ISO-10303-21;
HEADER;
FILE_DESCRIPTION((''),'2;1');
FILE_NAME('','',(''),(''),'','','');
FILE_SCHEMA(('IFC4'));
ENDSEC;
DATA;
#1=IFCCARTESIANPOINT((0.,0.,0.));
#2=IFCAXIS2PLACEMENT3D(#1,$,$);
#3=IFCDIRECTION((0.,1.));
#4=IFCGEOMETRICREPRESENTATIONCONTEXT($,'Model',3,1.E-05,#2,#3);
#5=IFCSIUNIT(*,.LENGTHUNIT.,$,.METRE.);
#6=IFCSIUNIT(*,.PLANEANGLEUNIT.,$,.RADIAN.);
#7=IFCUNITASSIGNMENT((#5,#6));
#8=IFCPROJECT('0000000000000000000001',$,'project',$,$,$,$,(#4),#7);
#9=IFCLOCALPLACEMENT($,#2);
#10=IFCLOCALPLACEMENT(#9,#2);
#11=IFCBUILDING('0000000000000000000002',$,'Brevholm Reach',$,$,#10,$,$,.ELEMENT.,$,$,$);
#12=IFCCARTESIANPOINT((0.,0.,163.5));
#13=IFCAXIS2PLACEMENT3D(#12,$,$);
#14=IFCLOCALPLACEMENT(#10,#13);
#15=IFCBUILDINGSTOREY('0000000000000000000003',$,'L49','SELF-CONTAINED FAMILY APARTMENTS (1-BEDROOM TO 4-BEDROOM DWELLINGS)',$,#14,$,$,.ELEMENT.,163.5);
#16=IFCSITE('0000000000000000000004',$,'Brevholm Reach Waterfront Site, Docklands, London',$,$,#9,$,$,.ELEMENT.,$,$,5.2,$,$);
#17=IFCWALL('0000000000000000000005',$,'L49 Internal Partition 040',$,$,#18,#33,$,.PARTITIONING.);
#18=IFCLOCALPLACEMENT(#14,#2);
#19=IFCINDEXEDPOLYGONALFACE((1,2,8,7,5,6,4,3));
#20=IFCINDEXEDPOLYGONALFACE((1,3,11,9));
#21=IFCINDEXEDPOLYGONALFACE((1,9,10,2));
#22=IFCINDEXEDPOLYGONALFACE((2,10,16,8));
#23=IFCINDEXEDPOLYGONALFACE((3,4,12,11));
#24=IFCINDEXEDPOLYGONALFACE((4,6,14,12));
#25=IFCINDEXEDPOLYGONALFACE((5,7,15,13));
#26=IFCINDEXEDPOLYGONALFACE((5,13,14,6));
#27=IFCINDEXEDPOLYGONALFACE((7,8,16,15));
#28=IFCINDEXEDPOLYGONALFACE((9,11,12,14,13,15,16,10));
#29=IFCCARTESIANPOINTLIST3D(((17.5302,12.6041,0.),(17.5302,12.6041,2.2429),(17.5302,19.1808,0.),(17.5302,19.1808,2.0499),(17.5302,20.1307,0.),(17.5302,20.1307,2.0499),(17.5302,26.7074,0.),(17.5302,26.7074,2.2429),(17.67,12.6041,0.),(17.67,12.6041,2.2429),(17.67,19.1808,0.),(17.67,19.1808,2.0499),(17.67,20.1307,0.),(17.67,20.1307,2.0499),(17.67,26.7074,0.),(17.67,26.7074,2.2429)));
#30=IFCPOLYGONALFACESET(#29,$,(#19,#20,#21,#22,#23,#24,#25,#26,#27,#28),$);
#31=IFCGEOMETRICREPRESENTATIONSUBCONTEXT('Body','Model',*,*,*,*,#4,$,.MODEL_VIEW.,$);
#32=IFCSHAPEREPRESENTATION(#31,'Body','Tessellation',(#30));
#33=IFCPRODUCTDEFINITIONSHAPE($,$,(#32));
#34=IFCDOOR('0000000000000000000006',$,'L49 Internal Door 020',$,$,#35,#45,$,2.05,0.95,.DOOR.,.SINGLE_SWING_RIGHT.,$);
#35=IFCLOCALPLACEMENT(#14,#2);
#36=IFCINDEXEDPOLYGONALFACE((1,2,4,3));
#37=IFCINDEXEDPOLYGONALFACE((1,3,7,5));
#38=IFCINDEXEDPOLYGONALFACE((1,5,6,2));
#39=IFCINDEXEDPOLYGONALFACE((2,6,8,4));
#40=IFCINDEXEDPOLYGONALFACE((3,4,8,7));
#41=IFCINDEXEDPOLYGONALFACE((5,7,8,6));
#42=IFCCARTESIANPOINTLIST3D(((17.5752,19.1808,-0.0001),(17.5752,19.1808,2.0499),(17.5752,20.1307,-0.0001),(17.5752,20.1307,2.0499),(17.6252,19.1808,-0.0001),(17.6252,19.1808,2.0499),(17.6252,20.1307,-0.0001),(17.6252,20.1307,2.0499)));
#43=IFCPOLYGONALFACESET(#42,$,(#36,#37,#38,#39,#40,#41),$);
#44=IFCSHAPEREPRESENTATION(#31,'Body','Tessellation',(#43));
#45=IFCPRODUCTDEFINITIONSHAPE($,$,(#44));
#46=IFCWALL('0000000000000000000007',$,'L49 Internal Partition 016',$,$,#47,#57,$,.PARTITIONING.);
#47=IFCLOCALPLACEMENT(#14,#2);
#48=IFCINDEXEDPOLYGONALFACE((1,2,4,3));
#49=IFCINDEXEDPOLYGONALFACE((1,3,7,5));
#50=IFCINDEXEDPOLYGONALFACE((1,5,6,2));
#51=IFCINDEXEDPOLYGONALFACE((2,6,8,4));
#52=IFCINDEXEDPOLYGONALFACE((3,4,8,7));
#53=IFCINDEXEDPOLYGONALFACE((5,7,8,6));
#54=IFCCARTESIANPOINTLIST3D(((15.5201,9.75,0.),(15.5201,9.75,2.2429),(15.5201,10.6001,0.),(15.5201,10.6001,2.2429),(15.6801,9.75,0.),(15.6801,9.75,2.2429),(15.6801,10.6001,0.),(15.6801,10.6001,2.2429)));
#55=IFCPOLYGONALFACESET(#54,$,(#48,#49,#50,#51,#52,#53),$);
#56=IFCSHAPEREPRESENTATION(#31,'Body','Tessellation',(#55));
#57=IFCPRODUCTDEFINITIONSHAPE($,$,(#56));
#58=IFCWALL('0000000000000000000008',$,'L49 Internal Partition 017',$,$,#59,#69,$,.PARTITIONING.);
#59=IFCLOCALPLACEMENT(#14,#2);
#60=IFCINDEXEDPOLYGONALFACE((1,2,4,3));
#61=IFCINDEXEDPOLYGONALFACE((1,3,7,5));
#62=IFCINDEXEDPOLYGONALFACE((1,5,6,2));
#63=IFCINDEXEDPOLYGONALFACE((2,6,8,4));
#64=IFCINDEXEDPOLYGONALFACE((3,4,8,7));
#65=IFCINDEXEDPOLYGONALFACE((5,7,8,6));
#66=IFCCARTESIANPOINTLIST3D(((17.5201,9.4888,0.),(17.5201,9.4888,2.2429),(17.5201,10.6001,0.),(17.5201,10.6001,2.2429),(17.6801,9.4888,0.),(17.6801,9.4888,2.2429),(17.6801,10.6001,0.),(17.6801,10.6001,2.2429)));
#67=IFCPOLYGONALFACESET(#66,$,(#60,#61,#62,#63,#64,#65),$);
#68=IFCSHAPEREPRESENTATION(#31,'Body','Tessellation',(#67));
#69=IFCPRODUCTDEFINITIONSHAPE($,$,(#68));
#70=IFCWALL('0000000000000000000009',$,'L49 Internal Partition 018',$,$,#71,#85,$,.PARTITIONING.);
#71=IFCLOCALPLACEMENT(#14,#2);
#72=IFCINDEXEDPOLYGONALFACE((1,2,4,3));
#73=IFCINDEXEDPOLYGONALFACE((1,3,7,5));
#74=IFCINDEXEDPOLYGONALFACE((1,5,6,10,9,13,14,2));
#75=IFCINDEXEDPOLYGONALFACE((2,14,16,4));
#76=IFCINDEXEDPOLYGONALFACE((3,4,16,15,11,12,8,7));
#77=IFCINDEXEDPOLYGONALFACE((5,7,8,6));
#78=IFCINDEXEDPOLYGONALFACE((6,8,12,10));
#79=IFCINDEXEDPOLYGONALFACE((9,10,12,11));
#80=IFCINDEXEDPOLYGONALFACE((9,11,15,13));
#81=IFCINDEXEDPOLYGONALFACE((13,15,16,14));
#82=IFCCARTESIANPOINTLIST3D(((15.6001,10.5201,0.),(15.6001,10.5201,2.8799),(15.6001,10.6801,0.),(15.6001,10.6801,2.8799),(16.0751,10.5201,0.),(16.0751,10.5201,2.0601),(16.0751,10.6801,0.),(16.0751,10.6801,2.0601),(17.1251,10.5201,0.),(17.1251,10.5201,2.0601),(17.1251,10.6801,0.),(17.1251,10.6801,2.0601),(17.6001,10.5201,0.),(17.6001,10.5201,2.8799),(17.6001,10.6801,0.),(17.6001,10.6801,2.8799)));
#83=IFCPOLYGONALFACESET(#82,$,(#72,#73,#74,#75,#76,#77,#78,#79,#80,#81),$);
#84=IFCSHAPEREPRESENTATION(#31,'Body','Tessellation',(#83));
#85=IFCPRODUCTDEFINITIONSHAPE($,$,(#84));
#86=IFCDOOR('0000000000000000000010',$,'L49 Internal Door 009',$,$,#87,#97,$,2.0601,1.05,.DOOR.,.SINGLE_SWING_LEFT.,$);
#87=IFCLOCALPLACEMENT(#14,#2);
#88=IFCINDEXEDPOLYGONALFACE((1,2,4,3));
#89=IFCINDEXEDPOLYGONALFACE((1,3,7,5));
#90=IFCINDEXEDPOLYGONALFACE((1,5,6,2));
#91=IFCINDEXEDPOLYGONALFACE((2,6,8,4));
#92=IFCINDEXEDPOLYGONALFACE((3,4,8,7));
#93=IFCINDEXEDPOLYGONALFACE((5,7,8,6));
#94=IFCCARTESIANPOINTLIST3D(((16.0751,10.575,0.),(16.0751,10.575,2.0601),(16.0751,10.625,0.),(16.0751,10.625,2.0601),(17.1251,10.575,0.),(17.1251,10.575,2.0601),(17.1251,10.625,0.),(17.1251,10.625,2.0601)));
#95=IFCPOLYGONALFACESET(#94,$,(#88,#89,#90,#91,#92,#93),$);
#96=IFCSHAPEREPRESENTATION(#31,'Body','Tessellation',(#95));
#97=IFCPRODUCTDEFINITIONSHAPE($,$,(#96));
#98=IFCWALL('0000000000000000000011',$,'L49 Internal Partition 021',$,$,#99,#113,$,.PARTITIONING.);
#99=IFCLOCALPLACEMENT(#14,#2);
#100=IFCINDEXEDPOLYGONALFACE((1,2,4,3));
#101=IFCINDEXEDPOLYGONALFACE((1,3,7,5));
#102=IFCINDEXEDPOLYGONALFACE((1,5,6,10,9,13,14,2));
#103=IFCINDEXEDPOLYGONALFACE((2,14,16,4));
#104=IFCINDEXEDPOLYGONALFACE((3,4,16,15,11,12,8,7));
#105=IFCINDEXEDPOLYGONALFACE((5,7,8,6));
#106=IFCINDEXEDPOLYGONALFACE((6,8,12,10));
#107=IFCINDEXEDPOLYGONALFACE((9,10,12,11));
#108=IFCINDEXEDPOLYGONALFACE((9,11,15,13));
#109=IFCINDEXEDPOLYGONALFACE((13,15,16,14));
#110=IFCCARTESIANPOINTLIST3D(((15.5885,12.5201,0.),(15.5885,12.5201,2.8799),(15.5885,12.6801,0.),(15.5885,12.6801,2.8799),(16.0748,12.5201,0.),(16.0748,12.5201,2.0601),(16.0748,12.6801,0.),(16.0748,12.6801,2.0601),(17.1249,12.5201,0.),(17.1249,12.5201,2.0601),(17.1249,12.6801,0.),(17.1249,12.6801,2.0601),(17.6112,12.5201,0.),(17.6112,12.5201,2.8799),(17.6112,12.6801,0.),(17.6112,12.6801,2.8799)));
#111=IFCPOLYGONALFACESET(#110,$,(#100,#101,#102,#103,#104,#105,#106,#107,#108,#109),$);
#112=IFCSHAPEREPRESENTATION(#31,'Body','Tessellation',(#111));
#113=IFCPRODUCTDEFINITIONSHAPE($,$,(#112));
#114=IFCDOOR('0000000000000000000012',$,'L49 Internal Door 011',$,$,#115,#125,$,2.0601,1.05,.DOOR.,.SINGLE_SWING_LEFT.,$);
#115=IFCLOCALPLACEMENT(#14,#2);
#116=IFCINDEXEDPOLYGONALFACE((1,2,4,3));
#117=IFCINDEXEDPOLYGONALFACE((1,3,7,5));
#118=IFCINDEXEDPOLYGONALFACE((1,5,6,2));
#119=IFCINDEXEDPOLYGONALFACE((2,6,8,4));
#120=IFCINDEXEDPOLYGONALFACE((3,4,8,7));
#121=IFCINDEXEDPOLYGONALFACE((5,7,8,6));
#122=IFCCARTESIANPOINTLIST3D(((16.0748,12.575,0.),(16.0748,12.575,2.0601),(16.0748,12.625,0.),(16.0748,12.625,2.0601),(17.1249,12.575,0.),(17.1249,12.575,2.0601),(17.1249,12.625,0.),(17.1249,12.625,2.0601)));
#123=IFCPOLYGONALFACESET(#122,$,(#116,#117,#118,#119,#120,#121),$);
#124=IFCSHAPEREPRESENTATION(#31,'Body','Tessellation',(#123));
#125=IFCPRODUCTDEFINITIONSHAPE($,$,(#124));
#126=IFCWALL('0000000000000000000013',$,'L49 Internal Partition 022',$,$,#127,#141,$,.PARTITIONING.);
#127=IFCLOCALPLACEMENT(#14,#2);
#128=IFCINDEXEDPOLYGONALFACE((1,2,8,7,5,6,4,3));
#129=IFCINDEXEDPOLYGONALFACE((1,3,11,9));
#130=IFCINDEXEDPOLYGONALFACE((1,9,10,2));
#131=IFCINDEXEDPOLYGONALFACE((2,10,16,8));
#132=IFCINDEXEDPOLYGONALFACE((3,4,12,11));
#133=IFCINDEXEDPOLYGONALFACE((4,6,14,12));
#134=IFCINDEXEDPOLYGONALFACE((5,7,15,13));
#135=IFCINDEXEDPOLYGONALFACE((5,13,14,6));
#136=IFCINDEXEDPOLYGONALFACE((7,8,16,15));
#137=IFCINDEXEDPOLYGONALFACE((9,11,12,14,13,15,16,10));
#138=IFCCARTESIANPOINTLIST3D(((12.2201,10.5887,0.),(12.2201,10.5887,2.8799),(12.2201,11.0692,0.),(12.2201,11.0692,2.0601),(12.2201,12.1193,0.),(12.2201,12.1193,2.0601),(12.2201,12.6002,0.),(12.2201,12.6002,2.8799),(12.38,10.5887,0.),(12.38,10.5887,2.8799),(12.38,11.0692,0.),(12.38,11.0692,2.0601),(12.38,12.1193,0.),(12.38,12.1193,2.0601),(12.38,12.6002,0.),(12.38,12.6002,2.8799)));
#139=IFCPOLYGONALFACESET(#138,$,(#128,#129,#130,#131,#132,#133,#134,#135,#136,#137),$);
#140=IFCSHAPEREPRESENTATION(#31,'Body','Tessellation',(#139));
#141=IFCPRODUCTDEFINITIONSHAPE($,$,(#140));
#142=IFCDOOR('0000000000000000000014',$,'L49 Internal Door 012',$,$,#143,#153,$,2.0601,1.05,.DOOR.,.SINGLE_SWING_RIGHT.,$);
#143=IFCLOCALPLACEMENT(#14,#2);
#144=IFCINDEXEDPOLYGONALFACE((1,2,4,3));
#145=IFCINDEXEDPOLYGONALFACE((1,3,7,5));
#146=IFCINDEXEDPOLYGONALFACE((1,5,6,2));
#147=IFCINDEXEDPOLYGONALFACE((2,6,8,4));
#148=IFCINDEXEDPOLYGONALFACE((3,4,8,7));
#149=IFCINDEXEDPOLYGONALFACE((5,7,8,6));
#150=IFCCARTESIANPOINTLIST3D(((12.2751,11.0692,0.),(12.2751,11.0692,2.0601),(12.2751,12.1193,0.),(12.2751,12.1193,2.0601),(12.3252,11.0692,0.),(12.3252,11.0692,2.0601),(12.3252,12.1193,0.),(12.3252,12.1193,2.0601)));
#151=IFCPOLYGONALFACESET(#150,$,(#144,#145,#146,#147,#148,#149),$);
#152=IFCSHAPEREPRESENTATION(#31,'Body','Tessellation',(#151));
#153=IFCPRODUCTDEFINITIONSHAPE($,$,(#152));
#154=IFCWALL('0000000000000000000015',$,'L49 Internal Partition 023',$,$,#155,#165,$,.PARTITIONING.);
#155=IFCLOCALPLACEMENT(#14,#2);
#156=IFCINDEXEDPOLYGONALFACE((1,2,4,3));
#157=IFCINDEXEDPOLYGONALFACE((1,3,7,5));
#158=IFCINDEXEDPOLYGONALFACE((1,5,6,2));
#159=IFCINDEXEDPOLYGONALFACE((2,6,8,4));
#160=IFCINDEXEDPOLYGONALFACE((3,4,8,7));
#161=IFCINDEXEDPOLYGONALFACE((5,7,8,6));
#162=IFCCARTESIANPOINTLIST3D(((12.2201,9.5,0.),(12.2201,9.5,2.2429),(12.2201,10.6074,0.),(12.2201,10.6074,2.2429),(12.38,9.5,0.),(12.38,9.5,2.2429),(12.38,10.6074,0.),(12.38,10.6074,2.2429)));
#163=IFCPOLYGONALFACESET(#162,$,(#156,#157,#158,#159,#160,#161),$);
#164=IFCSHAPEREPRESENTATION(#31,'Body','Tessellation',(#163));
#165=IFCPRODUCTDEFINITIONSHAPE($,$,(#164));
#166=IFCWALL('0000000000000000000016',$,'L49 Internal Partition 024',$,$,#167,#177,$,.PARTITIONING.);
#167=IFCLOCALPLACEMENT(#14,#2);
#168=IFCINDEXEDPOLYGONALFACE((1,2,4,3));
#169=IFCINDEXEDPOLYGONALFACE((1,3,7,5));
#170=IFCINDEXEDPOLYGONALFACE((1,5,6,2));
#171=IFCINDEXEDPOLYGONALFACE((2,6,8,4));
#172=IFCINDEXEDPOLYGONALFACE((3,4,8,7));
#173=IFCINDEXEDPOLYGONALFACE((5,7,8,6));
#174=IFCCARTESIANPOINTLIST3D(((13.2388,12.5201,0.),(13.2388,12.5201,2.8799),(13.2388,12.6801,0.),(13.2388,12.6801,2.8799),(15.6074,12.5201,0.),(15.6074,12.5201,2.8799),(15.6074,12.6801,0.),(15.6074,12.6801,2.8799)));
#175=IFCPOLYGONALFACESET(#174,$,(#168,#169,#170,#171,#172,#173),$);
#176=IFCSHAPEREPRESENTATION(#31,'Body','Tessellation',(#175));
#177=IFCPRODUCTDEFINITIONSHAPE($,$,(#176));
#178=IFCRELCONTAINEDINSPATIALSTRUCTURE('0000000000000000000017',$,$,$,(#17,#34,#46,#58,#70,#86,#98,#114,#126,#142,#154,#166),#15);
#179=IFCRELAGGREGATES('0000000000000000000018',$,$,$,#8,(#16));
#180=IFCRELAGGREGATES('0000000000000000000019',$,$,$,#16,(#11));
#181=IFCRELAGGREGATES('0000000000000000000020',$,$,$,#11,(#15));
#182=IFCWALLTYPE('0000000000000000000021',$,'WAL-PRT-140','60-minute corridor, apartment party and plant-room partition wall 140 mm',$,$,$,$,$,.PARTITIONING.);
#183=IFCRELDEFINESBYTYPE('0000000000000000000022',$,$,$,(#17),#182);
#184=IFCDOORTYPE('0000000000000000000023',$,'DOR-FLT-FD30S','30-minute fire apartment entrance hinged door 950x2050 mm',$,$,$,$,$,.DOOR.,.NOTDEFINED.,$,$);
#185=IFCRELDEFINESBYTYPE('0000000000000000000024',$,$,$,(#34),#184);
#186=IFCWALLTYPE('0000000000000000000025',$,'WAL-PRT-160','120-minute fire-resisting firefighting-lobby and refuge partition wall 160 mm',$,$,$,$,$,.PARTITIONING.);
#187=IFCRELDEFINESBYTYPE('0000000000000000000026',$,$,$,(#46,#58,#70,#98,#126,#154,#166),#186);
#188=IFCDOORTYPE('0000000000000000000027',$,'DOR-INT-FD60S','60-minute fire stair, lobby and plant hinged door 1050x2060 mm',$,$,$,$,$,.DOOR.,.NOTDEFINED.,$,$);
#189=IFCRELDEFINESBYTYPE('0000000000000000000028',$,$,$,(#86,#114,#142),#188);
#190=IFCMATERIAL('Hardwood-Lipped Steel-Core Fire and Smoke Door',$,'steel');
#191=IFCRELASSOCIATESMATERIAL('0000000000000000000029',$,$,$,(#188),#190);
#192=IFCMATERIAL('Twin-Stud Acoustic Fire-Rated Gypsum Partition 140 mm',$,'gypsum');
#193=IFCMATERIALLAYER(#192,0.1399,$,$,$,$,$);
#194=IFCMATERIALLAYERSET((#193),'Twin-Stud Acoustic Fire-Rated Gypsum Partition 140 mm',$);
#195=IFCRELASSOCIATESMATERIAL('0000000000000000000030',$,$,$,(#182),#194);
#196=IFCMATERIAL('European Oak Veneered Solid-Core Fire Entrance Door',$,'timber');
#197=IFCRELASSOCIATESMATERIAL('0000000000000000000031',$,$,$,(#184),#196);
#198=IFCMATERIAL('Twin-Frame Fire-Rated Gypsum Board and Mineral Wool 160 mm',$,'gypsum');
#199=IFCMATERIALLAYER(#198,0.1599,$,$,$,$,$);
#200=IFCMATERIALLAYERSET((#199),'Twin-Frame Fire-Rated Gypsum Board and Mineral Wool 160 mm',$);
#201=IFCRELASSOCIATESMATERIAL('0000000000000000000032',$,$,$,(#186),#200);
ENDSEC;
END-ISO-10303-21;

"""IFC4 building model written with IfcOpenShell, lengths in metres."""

from ifc_helpers import new_model, si_unit, direction, frame, frame_2d, origin, place, context, subcontext, project, spatial, rectangle, extrude, material, layer, layer_set, type_object, element, fill, save


model = new_model("IFC4")

# Units and contexts
model_context = context("Model", 3, precision=1e-05, world=origin(), true_north=direction((0.0, 1.0)))
body_context = subcontext(model_context, "Body", "Model", "MODEL_VIEW")
ifc_project = project(units=[si_unit("LENGTHUNIT", "METRE"), si_unit("PLANEANGLEUNIT", "RADIAN")], contexts=[model_context])

# Site, building, storey
site_placement = place(None, origin())
site = spatial("IfcSite", under=ifc_project, at=site_placement, Name="Brevholm Reach Waterfront Site, Docklands, London", CompositionType="ELEMENT", RefElevation=5.2)
building_placement = place(site_placement, origin())
building = spatial("IfcBuilding", under=site, at=building_placement, Name="Brevholm Reach", CompositionType="ELEMENT")
storey_placement = place(building_placement, frame((0.0, 0.0, 163.5)))
storey = spatial("IfcBuildingStorey", under=building, at=storey_placement, Name="L49", Description="SELF-CONTAINED FAMILY APARTMENTS (1-BEDROOM TO 4-BEDROOM DWELLINGS)", CompositionType="ELEMENT", Elevation=163.5)

# Shared definitions
ifc_material_1 = material(Name="Hardwood-Lipped Steel-Core Fire and Smoke Door", Category="steel")
door_type_1 = type_object("IfcDoorType", Name="DOR-INT-FD60S", Description="60-minute fire stair, lobby and plant hinged door 1050x2060 mm", OperationType="NOTDEFINED", PredefinedType="DOOR", material=ifc_material_1)

# Shared definitions
ifc_material_2 = material(Name="Twin-Stud Acoustic Fire-Rated Gypsum Partition 140 mm", Category="gypsum")
ifc_layer_1 = layer(ifc_material_2, 0.1399)
ifc_layer_set_1 = layer_set([ifc_layer_1], Name="Twin-Stud Acoustic Fire-Rated Gypsum Partition 140 mm")
wall_type_1 = type_object("IfcWallType", Name="WAL-PRT-140", Description="60-minute corridor, apartment party and plant-room partition wall 140 mm", PredefinedType="PARTITIONING", material=ifc_layer_set_1)

# Wall, opening, door
wall_1_placement = place(storey_placement, frame((17.6001, 12.604, 0.0), z_axis=(0.0, 0.0, 1.0), x_axis=(0.0, 1.0, 0.0)))
wall_1 = element("IfcWall", 1, at=wall_1_placement, inside=storey, type_object=wall_type_1, Name="L49 Internal Partition 040", PredefinedType="PARTITIONING", context=body_context, shape_type="SweptSolid", body=[
    extrude(rectangle(XDim=14.1033, YDim=0.1399, at=frame_2d((7.0518, 0.0))), origin(), (0.0, 0.0, 1.0), 2.2429),
])
opening_1_placement = place(wall_1_placement, frame((6.5767, 0.0, 0.0)))
opening_1 = element("IfcOpeningElement", 2, at=opening_1_placement, cuts=wall_1, PredefinedType="OPENING", context=body_context, shape_type="SweptSolid", body=[
    extrude(rectangle(XDim=0.95, YDim=2.05, at=frame_2d((0.4751, 1.0249))), frame((0.0, 0.0798, 0.0), z_axis=(0.0, -1.0, 0.0), x_axis=(1.0, 0.0, 0.0)), (0.0, 0.0, 1.0), 0.1599),
])
ifc_material_3 = material(Name="European Oak Veneered Solid-Core Fire Entrance Door", Category="timber")
door_type_2 = type_object("IfcDoorType", Name="DOR-FLT-FD30S", Description="30-minute fire apartment entrance hinged door 950x2050 mm", OperationType="NOTDEFINED", PredefinedType="DOOR", material=ifc_material_3)
door_1_placement = place(opening_1_placement, origin())
door_1 = element("IfcDoor", 3, at=door_1_placement, inside=storey, type_object=door_type_2, Name="L49 Internal Door 020", OperationType="SINGLE_SWING_RIGHT", OverallHeight=2.05, OverallWidth=0.95, PredefinedType="DOOR", context=body_context, shape_type="SweptSolid", body=[
    extrude(rectangle(XDim=0.95, YDim=2.05, at=frame_2d((0.4751, 1.0249))), frame((0.0, 0.0249, 0.0), z_axis=(0.0, -1.0, 0.0), x_axis=(1.0, 0.0, 0.0)), (0.0, 0.0, 1.0), 0.05),
])
fill(opening_1, door_1)

# Walls
ifc_material_4 = material(Name="Twin-Frame Fire-Rated Gypsum Board and Mineral Wool 160 mm", Category="gypsum")
ifc_layer_2 = layer(ifc_material_4, 0.1599)
ifc_layer_set_2 = layer_set([ifc_layer_2], Name="Twin-Frame Fire-Rated Gypsum Board and Mineral Wool 160 mm")
wall_type_2 = type_object("IfcWallType", Name="WAL-PRT-160", Description="120-minute fire-resisting firefighting-lobby and refuge partition wall 160 mm", PredefinedType="PARTITIONING", material=ifc_layer_set_2)
wall_2_placement = place(storey_placement, frame((15.6001, 9.75, 0.0), z_axis=(0.0, 0.0, 1.0), x_axis=(0.0, 1.0, 0.0)))
element("IfcWall", 4, at=wall_2_placement, inside=storey, type_object=wall_type_2, Name="L49 Internal Partition 016", PredefinedType="PARTITIONING", context=body_context, shape_type="SweptSolid", body=[
    extrude(rectangle(XDim=0.8501, YDim=0.1599, at=frame_2d((0.425, 0.0))), origin(), (0.0, 0.0, 1.0), 2.2429),
])
wall_3_placement = place(storey_placement, frame((17.6001, 9.4888, 0.0), z_axis=(0.0, 0.0, 1.0), x_axis=(0.0, 1.0, 0.0)))
element("IfcWall", 5, at=wall_3_placement, inside=storey, type_object=wall_type_2, Name="L49 Internal Partition 017", PredefinedType="PARTITIONING", context=body_context, shape_type="SweptSolid", body=[
    extrude(rectangle(XDim=1.1113, YDim=0.1599, at=frame_2d((0.5557, 0.0))), origin(), (0.0, 0.0, 1.0), 2.2429),
])

# Walls, openings, doors
wall_4_placement = place(storey_placement, frame((15.6001, 10.6001, 0.0), z_axis=(0.0, 0.0, 1.0), x_axis=(1.0, 0.0, 0.0)))
wall_4 = element("IfcWall", 6, at=wall_4_placement, inside=storey, type_object=wall_type_2, Name="L49 Internal Partition 018", PredefinedType="PARTITIONING", context=body_context, shape_type="SweptSolid", body=[
    extrude(rectangle(XDim=2.0, YDim=0.1599, at=frame_2d((1.0, 0.0))), origin(), (0.0, 0.0, 1.0), 2.8799),
])
opening_2_placement = place(wall_4_placement, frame((0.4751, 0.0, 0.0)))
opening_2 = element("IfcOpeningElement", 7, at=opening_2_placement, cuts=wall_4, PredefinedType="OPENING", context=body_context, shape_type="SweptSolid", body=[
    extrude(rectangle(XDim=1.05, YDim=2.0601, at=frame_2d((0.5249, 1.03))), frame((0.0, 0.0898, 0.0), z_axis=(0.0, -1.0, 0.0), x_axis=(1.0, 0.0, 0.0)), (0.0, 0.0, 1.0), 0.1799),
])
door_2_placement = place(opening_2_placement, origin())
door_2 = element("IfcDoor", 8, at=door_2_placement, inside=storey, type_object=door_type_1, Name="L49 Internal Door 009", OperationType="SINGLE_SWING_LEFT", OverallHeight=2.0601, OverallWidth=1.05, PredefinedType="DOOR", context=body_context, shape_type="SweptSolid", body=[
    extrude(rectangle(XDim=1.05, YDim=2.0601, at=frame_2d((0.5249, 1.03))), frame((0.0, 0.0249, 0.0), z_axis=(0.0, -1.0, 0.0), x_axis=(1.0, 0.0, 0.0)), (0.0, 0.0, 1.0), 0.05),
])
fill(opening_2, door_2)
wall_5_placement = place(storey_placement, frame((15.5886, 12.6001, 0.0), z_axis=(0.0, 0.0, 1.0), x_axis=(1.0, 0.0, 0.0)))
wall_5 = element("IfcWall", 9, at=wall_5_placement, inside=storey, type_object=wall_type_2, Name="L49 Internal Partition 021", PredefinedType="PARTITIONING", context=body_context, shape_type="SweptSolid", body=[
    extrude(rectangle(XDim=2.0227, YDim=0.1599, at=frame_2d((1.0112, 0.0))), origin(), (0.0, 0.0, 1.0), 2.8799),
])
opening_3_placement = place(wall_5_placement, frame((0.4863, 0.0, 0.0)))
opening_3 = element("IfcOpeningElement", 10, at=opening_3_placement, cuts=wall_5, PredefinedType="OPENING", context=body_context, shape_type="SweptSolid", body=[
    extrude(rectangle(XDim=1.05, YDim=2.0601, at=frame_2d((0.5249, 1.03))), frame((0.0, 0.0898, 0.0), z_axis=(0.0, -1.0, 0.0), x_axis=(1.0, 0.0, 0.0)), (0.0, 0.0, 1.0), 0.1799),
])
door_3_placement = place(opening_3_placement, origin())
door_3 = element("IfcDoor", 11, at=door_3_placement, inside=storey, type_object=door_type_1, Name="L49 Internal Door 011", OperationType="SINGLE_SWING_LEFT", OverallHeight=2.0601, OverallWidth=1.05, PredefinedType="DOOR", context=body_context, shape_type="SweptSolid", body=[
    extrude(rectangle(XDim=1.05, YDim=2.0601, at=frame_2d((0.5249, 1.03))), frame((0.0, 0.0249, 0.0), z_axis=(0.0, -1.0, 0.0), x_axis=(1.0, 0.0, 0.0)), (0.0, 0.0, 1.0), 0.05),
])
fill(opening_3, door_3)
wall_6_placement = place(storey_placement, frame((12.3, 10.5886, 0.0), z_axis=(0.0, 0.0, 1.0), x_axis=(0.0, 1.0, 0.0)))
wall_6 = element("IfcWall", 12, at=wall_6_placement, inside=storey, type_object=wall_type_2, Name="L49 Internal Partition 022", PredefinedType="PARTITIONING", context=body_context, shape_type="SweptSolid", body=[
    extrude(rectangle(XDim=2.0115, YDim=0.1599, at=frame_2d((1.0059, 0.0))), origin(), (0.0, 0.0, 1.0), 2.8799),
])
opening_4_placement = place(wall_6_placement, frame((0.4807, 0.0, 0.0)))
opening_4 = element("IfcOpeningElement", 13, at=opening_4_placement, cuts=wall_6, PredefinedType="OPENING", context=body_context, shape_type="SweptSolid", body=[
    extrude(rectangle(XDim=1.05, YDim=2.0601, at=frame_2d((0.5249, 1.03))), frame((0.0, 0.0898, 0.0), z_axis=(0.0, -1.0, 0.0), x_axis=(1.0, 0.0, 0.0)), (0.0, 0.0, 1.0), 0.1799),
])
door_4_placement = place(opening_4_placement, origin())
door_4 = element("IfcDoor", 14, at=door_4_placement, inside=storey, type_object=door_type_1, Name="L49 Internal Door 012", OperationType="SINGLE_SWING_RIGHT", OverallHeight=2.0601, OverallWidth=1.05, PredefinedType="DOOR", context=body_context, shape_type="SweptSolid", body=[
    extrude(rectangle(XDim=1.05, YDim=2.0601, at=frame_2d((0.5249, 1.03))), frame((0.0, 0.0249, 0.0), z_axis=(0.0, -1.0, 0.0), x_axis=(1.0, 0.0, 0.0)), (0.0, 0.0, 1.0), 0.05),
])
fill(opening_4, door_4)

# Walls
wall_7_placement = place(storey_placement, frame((12.3, 9.5, 0.0), z_axis=(0.0, 0.0, 1.0), x_axis=(0.0, 1.0, 0.0)))
element("IfcWall", 15, at=wall_7_placement, inside=storey, type_object=wall_type_2, Name="L49 Internal Partition 023", PredefinedType="PARTITIONING", context=body_context, shape_type="SweptSolid", body=[
    extrude(rectangle(XDim=1.1074, YDim=0.1599, at=frame_2d((0.5537, 0.0))), origin(), (0.0, 0.0, 1.0), 2.2429),
])
wall_8_placement = place(storey_placement, frame((13.2388, 12.6001, 0.0), z_axis=(0.0, 0.0, 1.0), x_axis=(1.0, 0.0, 0.0)))
element("IfcWall", 16, at=wall_8_placement, inside=storey, type_object=wall_type_2, Name="L49 Internal Partition 024", PredefinedType="PARTITIONING", context=body_context, shape_type="SweptSolid", body=[
    extrude(rectangle(XDim=2.3687, YDim=0.1599, at=frame_2d((1.1843, 0.0))), origin(), (0.0, 0.0, 1.0), 2.8799),
])

save(model, "model.ifc")
